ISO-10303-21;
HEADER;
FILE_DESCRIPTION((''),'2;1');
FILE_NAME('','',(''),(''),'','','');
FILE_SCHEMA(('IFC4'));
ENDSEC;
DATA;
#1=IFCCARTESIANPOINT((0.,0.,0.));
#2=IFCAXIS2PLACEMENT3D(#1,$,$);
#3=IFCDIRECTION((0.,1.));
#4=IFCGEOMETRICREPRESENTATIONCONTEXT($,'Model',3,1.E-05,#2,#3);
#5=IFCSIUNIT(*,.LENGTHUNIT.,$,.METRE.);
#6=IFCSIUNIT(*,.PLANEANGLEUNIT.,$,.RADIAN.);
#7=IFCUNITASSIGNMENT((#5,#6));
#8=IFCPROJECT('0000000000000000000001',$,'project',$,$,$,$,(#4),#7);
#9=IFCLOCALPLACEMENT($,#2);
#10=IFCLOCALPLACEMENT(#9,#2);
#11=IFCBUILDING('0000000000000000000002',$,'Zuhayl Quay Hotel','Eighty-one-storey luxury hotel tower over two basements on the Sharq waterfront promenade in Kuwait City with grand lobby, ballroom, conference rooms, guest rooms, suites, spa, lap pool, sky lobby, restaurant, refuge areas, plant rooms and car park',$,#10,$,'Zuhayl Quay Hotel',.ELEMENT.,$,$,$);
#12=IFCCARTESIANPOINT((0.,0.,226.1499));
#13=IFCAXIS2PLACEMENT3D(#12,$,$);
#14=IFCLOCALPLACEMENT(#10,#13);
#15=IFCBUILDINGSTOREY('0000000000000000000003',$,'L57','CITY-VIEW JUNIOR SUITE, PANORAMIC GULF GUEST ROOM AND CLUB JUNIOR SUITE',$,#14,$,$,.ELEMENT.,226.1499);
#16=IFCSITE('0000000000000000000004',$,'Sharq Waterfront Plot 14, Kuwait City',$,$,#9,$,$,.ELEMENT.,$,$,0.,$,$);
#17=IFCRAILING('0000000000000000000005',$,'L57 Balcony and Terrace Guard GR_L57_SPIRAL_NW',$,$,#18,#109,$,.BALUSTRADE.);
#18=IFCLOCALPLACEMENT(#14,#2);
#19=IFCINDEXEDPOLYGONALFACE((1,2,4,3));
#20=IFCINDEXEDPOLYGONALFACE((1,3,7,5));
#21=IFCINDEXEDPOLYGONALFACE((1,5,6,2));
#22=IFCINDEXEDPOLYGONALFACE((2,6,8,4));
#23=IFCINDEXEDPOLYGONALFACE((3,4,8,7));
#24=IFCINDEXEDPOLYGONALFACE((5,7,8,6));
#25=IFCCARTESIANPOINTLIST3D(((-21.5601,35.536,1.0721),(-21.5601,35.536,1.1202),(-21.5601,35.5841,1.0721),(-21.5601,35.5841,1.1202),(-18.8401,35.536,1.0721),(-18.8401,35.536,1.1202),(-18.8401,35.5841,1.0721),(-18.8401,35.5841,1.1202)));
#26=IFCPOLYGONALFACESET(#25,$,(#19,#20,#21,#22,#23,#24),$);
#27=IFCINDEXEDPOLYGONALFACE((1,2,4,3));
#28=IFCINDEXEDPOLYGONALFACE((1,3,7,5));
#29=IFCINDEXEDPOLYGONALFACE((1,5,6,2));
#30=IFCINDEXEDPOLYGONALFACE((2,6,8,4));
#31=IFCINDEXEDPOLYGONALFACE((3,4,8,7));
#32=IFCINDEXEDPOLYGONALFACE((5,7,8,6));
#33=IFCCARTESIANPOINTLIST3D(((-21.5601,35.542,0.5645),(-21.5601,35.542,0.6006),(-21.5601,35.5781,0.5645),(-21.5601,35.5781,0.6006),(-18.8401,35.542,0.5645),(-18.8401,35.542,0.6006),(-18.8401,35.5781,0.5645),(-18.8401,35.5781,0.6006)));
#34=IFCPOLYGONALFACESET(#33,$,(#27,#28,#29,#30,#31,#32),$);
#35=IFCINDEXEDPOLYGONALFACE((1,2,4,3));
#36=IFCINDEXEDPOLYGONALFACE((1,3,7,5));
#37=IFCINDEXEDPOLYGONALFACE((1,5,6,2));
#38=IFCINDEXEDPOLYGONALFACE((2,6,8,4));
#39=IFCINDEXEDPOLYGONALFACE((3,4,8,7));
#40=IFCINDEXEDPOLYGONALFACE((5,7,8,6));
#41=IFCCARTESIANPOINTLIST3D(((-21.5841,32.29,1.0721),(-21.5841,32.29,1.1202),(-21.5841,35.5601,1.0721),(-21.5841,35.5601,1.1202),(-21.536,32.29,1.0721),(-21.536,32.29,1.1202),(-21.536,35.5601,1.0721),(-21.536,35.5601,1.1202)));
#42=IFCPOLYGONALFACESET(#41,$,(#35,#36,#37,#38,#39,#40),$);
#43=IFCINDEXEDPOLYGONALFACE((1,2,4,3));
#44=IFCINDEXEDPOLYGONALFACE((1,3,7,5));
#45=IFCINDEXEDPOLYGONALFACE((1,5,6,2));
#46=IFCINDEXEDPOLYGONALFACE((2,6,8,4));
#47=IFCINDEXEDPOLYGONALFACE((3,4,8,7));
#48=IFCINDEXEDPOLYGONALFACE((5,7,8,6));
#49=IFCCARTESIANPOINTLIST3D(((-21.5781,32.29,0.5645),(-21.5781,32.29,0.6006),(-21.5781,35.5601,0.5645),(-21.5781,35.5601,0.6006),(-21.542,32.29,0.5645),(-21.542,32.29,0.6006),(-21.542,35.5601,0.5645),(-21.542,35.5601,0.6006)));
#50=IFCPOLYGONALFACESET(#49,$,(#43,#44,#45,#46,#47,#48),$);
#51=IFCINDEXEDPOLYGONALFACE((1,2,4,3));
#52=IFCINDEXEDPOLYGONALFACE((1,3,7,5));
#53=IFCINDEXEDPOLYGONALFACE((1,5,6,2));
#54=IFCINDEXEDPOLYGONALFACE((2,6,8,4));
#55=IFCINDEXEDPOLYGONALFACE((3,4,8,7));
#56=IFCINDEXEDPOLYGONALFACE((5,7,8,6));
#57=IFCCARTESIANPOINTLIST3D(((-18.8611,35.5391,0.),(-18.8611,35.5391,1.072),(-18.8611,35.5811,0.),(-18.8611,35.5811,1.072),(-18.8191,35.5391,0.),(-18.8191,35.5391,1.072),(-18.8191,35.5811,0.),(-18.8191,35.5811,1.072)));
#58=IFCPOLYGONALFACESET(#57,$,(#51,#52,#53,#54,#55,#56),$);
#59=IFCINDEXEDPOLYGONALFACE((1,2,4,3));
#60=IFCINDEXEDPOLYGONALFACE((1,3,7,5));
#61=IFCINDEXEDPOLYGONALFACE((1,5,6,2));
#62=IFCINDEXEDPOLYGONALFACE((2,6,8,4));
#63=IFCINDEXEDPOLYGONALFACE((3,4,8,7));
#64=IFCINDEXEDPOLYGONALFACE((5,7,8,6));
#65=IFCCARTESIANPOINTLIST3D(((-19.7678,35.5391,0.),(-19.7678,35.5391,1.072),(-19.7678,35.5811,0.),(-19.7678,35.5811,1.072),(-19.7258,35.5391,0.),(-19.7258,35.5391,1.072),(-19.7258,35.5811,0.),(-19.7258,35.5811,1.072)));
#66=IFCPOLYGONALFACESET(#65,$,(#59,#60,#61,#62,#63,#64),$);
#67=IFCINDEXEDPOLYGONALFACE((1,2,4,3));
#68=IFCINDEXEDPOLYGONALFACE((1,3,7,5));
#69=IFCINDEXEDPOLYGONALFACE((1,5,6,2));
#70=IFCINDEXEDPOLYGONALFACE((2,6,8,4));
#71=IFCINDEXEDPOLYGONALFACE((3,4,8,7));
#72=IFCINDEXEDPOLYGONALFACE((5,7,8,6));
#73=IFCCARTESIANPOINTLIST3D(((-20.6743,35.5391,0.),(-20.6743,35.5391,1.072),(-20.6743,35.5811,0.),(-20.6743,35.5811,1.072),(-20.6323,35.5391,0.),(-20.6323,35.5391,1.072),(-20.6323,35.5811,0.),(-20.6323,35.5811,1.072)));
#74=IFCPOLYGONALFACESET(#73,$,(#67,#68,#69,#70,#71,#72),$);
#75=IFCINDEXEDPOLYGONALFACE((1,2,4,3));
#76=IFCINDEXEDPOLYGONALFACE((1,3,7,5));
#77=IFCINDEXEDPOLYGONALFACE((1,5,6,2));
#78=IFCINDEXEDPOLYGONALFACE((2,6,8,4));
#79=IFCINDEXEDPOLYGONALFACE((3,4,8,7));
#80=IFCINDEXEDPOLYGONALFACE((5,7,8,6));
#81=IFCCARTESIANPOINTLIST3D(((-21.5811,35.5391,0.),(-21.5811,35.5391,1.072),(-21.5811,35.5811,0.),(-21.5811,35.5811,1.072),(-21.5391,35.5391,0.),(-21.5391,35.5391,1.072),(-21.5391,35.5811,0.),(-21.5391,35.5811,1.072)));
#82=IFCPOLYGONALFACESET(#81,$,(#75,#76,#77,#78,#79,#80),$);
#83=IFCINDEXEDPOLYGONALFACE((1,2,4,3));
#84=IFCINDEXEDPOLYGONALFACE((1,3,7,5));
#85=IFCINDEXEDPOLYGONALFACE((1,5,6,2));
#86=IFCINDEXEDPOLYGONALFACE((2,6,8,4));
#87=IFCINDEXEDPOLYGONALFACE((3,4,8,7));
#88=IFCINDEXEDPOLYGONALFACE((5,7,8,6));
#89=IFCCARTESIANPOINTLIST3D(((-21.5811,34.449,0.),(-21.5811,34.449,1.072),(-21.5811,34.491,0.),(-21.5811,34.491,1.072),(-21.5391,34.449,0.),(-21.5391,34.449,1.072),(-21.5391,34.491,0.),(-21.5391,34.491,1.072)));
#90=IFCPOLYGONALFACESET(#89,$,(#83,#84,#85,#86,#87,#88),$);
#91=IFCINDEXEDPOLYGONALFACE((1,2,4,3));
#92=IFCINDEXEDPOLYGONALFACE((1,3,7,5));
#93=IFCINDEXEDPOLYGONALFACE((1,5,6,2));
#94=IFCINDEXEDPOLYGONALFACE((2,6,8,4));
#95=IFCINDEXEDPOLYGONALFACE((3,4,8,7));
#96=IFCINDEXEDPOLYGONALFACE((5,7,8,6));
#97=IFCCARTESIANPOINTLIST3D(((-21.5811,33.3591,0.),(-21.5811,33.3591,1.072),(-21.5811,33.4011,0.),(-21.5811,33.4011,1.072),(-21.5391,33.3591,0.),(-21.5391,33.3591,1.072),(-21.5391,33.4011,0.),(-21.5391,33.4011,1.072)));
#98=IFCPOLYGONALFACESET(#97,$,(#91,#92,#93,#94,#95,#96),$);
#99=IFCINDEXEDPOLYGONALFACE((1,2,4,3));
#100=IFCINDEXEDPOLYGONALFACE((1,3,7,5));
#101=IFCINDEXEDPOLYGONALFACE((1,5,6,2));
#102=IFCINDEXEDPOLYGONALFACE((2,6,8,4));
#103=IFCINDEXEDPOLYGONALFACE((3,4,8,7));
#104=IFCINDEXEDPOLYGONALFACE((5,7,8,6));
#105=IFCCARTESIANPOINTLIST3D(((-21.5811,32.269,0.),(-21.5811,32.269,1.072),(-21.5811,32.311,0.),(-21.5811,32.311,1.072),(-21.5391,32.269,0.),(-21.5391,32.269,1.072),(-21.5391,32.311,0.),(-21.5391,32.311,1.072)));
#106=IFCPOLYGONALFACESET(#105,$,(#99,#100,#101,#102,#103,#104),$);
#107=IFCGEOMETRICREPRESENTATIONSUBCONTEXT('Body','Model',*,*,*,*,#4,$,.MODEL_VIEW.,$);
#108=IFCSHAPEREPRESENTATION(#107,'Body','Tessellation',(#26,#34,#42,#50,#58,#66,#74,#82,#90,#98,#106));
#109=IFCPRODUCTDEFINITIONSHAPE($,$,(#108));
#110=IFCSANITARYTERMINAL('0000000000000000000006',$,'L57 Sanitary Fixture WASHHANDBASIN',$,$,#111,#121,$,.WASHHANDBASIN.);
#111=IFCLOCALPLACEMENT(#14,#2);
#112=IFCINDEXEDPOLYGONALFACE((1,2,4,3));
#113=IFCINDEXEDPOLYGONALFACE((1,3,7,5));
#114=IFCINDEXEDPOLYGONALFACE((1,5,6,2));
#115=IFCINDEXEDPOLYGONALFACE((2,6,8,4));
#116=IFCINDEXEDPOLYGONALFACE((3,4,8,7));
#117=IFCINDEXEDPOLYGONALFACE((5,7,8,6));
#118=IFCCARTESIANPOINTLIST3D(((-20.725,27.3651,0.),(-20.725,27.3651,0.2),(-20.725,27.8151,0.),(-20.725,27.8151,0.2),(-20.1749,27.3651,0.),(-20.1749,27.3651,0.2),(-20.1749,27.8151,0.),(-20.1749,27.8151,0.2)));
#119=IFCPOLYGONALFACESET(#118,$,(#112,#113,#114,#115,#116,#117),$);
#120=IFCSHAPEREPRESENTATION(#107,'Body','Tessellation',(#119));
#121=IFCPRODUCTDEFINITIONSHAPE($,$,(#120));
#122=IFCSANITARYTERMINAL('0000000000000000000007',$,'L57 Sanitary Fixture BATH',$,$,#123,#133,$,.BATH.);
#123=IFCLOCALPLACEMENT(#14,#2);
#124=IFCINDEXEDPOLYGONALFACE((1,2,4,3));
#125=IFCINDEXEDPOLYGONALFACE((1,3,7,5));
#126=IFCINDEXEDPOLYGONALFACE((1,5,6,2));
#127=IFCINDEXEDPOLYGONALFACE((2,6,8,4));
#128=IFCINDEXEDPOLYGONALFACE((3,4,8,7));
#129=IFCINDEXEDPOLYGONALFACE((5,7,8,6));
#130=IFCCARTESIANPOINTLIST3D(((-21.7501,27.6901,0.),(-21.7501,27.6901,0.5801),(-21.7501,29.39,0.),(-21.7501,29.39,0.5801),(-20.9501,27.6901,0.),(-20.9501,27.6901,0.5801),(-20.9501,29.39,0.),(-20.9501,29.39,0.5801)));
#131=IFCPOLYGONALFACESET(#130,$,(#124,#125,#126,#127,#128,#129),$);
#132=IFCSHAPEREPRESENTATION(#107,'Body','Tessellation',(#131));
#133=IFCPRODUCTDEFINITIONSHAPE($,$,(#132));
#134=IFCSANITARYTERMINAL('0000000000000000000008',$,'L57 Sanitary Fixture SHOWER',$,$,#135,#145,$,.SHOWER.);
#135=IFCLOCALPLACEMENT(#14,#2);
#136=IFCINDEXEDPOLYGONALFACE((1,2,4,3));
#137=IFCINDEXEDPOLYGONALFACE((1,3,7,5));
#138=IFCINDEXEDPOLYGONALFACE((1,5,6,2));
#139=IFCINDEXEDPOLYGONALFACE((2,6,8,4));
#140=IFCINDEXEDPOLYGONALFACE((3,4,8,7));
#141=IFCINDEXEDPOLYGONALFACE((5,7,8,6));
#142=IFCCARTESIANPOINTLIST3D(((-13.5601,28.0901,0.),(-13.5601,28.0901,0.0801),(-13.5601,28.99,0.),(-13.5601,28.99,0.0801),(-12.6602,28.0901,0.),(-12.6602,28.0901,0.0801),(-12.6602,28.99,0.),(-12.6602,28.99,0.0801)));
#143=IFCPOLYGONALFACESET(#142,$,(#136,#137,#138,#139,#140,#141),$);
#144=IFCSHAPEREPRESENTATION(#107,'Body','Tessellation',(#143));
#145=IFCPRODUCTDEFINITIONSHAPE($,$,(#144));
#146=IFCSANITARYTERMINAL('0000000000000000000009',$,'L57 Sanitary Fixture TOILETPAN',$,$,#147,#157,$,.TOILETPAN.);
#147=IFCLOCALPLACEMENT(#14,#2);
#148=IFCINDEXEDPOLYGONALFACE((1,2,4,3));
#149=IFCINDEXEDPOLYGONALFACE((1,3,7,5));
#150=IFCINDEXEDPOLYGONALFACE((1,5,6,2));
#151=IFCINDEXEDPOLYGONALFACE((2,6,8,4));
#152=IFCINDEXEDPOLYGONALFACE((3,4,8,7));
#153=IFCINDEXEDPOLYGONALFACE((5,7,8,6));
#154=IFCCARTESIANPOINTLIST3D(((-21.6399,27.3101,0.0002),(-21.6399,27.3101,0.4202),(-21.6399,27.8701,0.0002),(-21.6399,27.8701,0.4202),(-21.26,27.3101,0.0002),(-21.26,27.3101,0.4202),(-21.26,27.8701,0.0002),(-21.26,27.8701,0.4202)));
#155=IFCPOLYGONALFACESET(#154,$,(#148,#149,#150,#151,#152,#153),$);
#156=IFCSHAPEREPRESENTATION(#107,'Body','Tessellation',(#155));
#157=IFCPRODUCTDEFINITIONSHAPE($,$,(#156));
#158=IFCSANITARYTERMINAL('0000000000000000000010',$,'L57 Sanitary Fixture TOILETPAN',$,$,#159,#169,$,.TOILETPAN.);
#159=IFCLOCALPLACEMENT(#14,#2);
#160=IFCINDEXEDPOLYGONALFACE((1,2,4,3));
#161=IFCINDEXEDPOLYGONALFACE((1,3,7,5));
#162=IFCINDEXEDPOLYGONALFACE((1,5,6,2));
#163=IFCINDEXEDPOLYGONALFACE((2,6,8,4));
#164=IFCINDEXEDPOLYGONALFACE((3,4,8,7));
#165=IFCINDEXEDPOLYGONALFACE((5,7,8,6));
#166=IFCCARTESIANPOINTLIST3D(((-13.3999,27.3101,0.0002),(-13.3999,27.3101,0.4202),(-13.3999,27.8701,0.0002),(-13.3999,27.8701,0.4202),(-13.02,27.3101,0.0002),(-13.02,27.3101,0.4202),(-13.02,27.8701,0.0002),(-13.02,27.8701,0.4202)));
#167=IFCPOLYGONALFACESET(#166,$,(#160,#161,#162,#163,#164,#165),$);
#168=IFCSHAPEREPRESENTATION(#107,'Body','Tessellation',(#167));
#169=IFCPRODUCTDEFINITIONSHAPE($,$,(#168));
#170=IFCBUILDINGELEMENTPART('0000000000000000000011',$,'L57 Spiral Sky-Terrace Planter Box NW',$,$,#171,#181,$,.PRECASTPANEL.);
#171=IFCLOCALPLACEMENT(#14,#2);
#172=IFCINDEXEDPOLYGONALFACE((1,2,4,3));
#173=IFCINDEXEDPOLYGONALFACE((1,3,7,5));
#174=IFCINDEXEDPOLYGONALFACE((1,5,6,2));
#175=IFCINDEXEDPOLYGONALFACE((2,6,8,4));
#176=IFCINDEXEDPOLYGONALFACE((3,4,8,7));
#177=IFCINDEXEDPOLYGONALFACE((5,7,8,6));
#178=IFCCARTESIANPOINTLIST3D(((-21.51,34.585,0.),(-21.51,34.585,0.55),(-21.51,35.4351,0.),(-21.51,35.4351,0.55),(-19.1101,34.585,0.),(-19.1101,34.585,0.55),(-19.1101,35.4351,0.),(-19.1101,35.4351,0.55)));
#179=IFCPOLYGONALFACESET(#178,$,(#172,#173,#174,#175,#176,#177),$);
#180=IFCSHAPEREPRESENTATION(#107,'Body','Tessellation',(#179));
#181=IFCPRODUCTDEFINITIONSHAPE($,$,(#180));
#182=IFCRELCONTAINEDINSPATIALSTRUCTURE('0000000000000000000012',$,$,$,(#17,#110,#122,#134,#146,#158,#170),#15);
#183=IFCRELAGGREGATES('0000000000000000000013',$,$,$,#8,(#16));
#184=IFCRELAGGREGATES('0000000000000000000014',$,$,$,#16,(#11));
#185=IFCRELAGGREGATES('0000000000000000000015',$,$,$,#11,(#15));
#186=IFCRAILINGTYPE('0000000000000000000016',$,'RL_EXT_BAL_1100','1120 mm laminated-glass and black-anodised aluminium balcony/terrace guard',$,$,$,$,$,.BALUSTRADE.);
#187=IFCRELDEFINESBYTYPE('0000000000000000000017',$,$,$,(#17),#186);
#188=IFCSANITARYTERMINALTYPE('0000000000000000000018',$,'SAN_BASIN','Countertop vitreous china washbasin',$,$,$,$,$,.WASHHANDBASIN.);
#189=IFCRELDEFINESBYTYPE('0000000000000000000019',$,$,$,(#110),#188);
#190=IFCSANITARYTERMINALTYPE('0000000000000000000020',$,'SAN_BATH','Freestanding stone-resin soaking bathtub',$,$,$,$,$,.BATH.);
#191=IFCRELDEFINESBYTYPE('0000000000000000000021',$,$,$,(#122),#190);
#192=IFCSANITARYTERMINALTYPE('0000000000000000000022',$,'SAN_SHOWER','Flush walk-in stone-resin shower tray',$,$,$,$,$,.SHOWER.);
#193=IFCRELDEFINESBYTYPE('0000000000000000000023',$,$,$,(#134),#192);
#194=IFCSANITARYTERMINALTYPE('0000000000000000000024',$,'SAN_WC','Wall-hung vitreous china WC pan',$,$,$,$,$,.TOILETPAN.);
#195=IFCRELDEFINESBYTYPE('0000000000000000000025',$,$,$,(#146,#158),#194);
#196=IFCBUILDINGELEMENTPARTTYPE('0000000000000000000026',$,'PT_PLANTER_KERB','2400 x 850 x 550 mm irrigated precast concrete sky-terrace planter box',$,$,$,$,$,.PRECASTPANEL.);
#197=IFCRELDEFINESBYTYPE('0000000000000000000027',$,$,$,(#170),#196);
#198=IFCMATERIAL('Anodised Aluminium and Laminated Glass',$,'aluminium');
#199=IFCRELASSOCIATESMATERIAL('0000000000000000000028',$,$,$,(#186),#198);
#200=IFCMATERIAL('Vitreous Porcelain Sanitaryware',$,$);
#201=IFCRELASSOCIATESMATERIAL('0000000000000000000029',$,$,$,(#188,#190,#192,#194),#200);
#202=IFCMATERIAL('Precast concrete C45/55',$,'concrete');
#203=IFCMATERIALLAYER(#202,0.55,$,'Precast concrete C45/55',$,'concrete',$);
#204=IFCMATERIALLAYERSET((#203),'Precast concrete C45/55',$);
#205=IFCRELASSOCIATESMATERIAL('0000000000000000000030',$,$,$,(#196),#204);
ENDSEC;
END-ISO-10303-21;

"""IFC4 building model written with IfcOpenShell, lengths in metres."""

from ifc_helpers import new_model, si_unit, direction, frame, origin, origin_2d, place, context, subcontext, project, spatial, rectangle, extrude, material, layer, layer_set, type_object, element, save


model = new_model("IFC4")

# Units and contexts
model_context = context("Model", 3, precision=1e-05, world=origin(), true_north=direction((0.0, 1.0)))
body_context = subcontext(model_context, "Body", "Model", "MODEL_VIEW")
ifc_project = project(units=[si_unit("LENGTHUNIT", "METRE"), si_unit("PLANEANGLEUNIT", "RADIAN")], contexts=[model_context])

# Site, building, storey
site_placement = place(None, origin())
site = spatial("IfcSite", under=ifc_project, at=site_placement, Name="Sharq Waterfront Plot 14, Kuwait City", CompositionType="ELEMENT", RefElevation=0.0)
building_placement = place(site_placement, origin())
building = spatial("IfcBuilding", under=site, at=building_placement, Name="Zuhayl Quay Hotel", Description="Eighty-one-storey luxury hotel tower over two basements on the Sharq waterfront promenade in Kuwait City with grand lobby, ballroom, conference rooms, guest rooms, suites, spa, lap pool, sky lobby, restaurant, refuge areas, plant rooms and car park", LongName="Zuhayl Quay Hotel", CompositionType="ELEMENT")
storey_placement = place(building_placement, frame((0.0, 0.0, 226.1499)))
storey = spatial("IfcBuildingStorey", under=building, at=storey_placement, Name="L57", Description="CITY-VIEW JUNIOR SUITE, PANORAMIC GULF GUEST ROOM AND CLUB JUNIOR SUITE", CompositionType="ELEMENT", Elevation=226.1499)

# Shared definitions
ifc_material_1 = material(Name="Precast concrete C45/55", Category="concrete")

# Railing
ifc_material_2 = material(Name="Anodised Aluminium and Laminated Glass", Category="aluminium")
railing_type = type_object("IfcRailingType", Name="RL_EXT_BAL_1100", Description="1120 mm laminated-glass and black-anodised aluminium balcony/terrace guard", PredefinedType="BALUSTRADE", material=ifc_material_2)
railing_1_placement = place(storey_placement, frame((-18.8401, 35.5601, 0.0)))
element("IfcRailing", 1, at=railing_1_placement, inside=storey, type_object=railing_type, Name="L57 Balcony and Terrace Guard GR_L57_SPIRAL_NW", PredefinedType="BALUSTRADE", context=body_context, shape_type="SweptSolid", body=[
    extrude(rectangle(XDim=0.0481, YDim=0.0481, at=origin_2d()), frame((0.0, 0.0, 1.0962), z_axis=(-1.0, 0.0, 0.0), x_axis=(0.0, -1.0, 0.0)), (0.0, 0.0, 1.0), 2.72),
    extrude(rectangle(XDim=0.0361, YDim=0.0361, at=origin_2d()), frame((0.0, 0.0, 0.5825), z_axis=(-1.0, 0.0, 0.0), x_axis=(0.0, -1.0, 0.0)), (0.0, 0.0, 1.0), 2.72),
    extrude(rectangle(XDim=0.0481, YDim=0.0481, at=origin_2d()), frame((-2.72, 0.0, 1.0962), z_axis=(0.0, -1.0, 0.0), x_axis=(1.0, 0.0, 0.0)), (0.0, 0.0, 1.0), 3.27),
    extrude(rectangle(XDim=0.0361, YDim=0.0361, at=origin_2d()), frame((-2.72, 0.0, 0.5825), z_axis=(0.0, -1.0, 0.0), x_axis=(1.0, 0.0, 0.0)), (0.0, 0.0, 1.0), 3.27),
    extrude(rectangle(XDim=0.042, YDim=0.042, at=origin_2d()), origin(), (0.0, 0.0, 1.0), 1.072),
    extrude(rectangle(XDim=0.042, YDim=0.042, at=origin_2d()), frame((-0.9067, 0.0, 0.0)), (0.0, 0.0, 1.0), 1.072),
    extrude(rectangle(XDim=0.042, YDim=0.042, at=origin_2d()), frame((-1.8132, 0.0, 0.0)), (0.0, 0.0, 1.0), 1.072),
    extrude(rectangle(XDim=0.042, YDim=0.042, at=origin_2d()), frame((-2.72, 0.0, 0.0)), (0.0, 0.0, 1.0), 1.072),
    extrude(rectangle(XDim=0.042, YDim=0.042, at=origin_2d()), frame((-2.72, -1.0901, 0.0)), (0.0, 0.0, 1.0), 1.072),
    extrude(rectangle(XDim=0.042, YDim=0.042, at=origin_2d()), frame((-2.72, -2.1799, 0.0)), (0.0, 0.0, 1.0), 1.072),
    extrude(rectangle(XDim=0.042, YDim=0.042, at=origin_2d()), frame((-2.72, -3.27, 0.0)), (0.0, 0.0, 1.0), 1.072),
])

# Sanitary terminals
ifc_material_3 = material(Name="Vitreous Porcelain Sanitaryware")
sanitary_terminal_type_1 = type_object("IfcSanitaryTerminalType", Name="SAN_BASIN", Description="Countertop vitreous china washbasin", PredefinedType="WASHHANDBASIN", material=ifc_material_3)
sanitary_terminal_1_placement = place(storey_placement, frame((-20.45, 27.5901, 0.0), z_axis=(0.0, 0.0, 1.0), x_axis=(1.0, 0.0, 0.0)))
element("IfcSanitaryTerminal", 2, at=sanitary_terminal_1_placement, inside=storey, type_object=sanitary_terminal_type_1, Name="L57 Sanitary Fixture WASHHANDBASIN", PredefinedType="WASHHANDBASIN", context=body_context, shape_type="SweptSolid", body=[
    extrude(rectangle(XDim=0.55, YDim=0.45, at=origin_2d()), origin(), (0.0, 0.0, 1.0), 0.2),
])
sanitary_terminal_type_2 = type_object("IfcSanitaryTerminalType", Name="SAN_BATH", Description="Freestanding stone-resin soaking bathtub", PredefinedType="BATH", material=ifc_material_3)
sanitary_terminal_2_placement = place(storey_placement, frame((-21.3501, 28.54, 0.0), z_axis=(0.0, 0.0, 1.0), x_axis=(1.0, 0.0, 0.0)))
element("IfcSanitaryTerminal", 3, at=sanitary_terminal_2_placement, inside=storey, type_object=sanitary_terminal_type_2, Name="L57 Sanitary Fixture BATH", PredefinedType="BATH", context=body_context, shape_type="SweptSolid", body=[
    extrude(rectangle(XDim=0.8, YDim=1.7, at=origin_2d()), origin(), (0.0, 0.0, 1.0), 0.5801),
])
sanitary_terminal_type_3 = type_object("IfcSanitaryTerminalType", Name="SAN_SHOWER", Description="Flush walk-in stone-resin shower tray", PredefinedType="SHOWER", material=ifc_material_3)
sanitary_terminal_3_placement = place(storey_placement, frame((-13.1101, 28.54, 0.0), z_axis=(0.0, 0.0, 1.0), x_axis=(1.0, 0.0, 0.0)))
element("IfcSanitaryTerminal", 4, at=sanitary_terminal_3_placement, inside=storey, type_object=sanitary_terminal_type_3, Name="L57 Sanitary Fixture SHOWER", PredefinedType="SHOWER", context=body_context, shape_type="SweptSolid", body=[
    extrude(rectangle(XDim=0.8999, YDim=0.8999, at=origin_2d()), origin(), (0.0, 0.0, 1.0), 0.0801),
])
sanitary_terminal_type_4 = type_object("IfcSanitaryTerminalType", Name="SAN_WC", Description="Wall-hung vitreous china WC pan", PredefinedType="TOILETPAN", material=ifc_material_3)
for number, where, z_axis, x_axis, name in (
    (5, (-21.45, 27.5901, 0.0002), (0.0, 0.0, 1.0), (1.0, 0.0, 0.0), "L57 Sanitary Fixture TOILETPAN"),
    (6, (-13.21, 27.5901, 0.0002), (0.0, 0.0, 1.0), (1.0, 0.0, 0.0), "L57 Sanitary Fixture TOILETPAN"),
):
    element("IfcSanitaryTerminal", number, at=place(storey_placement, frame(where, z_axis=z_axis, x_axis=x_axis)), inside=storey, type_object=sanitary_terminal_type_4, Name=name, PredefinedType="TOILETPAN", context=body_context, shape_type="SweptSolid", body=[
        extrude(rectangle(XDim=0.3799, YDim=0.5601, at=origin_2d()), origin(), (0.0, 0.0, 1.0), 0.4199),
    ])

# Building element part
ifc_layer_1 = layer(ifc_material_1, 0.55, Name="Precast concrete C45/55", Category="concrete")
ifc_layer_set_1 = layer_set([ifc_layer_1], Name="Precast concrete C45/55")
building_element_part_type = type_object("IfcBuildingElementPartType", Name="PT_PLANTER_KERB", Description="2400 x 850 x 550 mm irrigated precast concrete sky-terrace planter box", PredefinedType="PRECASTPANEL", material=ifc_layer_set_1)
building_element_part_placement = place(storey_placement, frame((-20.3101, 35.01, 0.0), z_axis=(0.0, 0.0, 1.0), x_axis=(1.0, 0.0, 0.0)))
element("IfcBuildingElementPart", 7, at=building_element_part_placement, inside=storey, type_object=building_element_part_type, Name="L57 Spiral Sky-Terrace Planter Box NW", PredefinedType="PRECASTPANEL", context=body_context, shape_type="SweptSolid", body=[
    extrude(rectangle(XDim=2.3999, YDim=0.8501, at=origin_2d()), origin(), (0.0, 0.0, 1.0), 0.55),
])

save(model, "model.ifc")
